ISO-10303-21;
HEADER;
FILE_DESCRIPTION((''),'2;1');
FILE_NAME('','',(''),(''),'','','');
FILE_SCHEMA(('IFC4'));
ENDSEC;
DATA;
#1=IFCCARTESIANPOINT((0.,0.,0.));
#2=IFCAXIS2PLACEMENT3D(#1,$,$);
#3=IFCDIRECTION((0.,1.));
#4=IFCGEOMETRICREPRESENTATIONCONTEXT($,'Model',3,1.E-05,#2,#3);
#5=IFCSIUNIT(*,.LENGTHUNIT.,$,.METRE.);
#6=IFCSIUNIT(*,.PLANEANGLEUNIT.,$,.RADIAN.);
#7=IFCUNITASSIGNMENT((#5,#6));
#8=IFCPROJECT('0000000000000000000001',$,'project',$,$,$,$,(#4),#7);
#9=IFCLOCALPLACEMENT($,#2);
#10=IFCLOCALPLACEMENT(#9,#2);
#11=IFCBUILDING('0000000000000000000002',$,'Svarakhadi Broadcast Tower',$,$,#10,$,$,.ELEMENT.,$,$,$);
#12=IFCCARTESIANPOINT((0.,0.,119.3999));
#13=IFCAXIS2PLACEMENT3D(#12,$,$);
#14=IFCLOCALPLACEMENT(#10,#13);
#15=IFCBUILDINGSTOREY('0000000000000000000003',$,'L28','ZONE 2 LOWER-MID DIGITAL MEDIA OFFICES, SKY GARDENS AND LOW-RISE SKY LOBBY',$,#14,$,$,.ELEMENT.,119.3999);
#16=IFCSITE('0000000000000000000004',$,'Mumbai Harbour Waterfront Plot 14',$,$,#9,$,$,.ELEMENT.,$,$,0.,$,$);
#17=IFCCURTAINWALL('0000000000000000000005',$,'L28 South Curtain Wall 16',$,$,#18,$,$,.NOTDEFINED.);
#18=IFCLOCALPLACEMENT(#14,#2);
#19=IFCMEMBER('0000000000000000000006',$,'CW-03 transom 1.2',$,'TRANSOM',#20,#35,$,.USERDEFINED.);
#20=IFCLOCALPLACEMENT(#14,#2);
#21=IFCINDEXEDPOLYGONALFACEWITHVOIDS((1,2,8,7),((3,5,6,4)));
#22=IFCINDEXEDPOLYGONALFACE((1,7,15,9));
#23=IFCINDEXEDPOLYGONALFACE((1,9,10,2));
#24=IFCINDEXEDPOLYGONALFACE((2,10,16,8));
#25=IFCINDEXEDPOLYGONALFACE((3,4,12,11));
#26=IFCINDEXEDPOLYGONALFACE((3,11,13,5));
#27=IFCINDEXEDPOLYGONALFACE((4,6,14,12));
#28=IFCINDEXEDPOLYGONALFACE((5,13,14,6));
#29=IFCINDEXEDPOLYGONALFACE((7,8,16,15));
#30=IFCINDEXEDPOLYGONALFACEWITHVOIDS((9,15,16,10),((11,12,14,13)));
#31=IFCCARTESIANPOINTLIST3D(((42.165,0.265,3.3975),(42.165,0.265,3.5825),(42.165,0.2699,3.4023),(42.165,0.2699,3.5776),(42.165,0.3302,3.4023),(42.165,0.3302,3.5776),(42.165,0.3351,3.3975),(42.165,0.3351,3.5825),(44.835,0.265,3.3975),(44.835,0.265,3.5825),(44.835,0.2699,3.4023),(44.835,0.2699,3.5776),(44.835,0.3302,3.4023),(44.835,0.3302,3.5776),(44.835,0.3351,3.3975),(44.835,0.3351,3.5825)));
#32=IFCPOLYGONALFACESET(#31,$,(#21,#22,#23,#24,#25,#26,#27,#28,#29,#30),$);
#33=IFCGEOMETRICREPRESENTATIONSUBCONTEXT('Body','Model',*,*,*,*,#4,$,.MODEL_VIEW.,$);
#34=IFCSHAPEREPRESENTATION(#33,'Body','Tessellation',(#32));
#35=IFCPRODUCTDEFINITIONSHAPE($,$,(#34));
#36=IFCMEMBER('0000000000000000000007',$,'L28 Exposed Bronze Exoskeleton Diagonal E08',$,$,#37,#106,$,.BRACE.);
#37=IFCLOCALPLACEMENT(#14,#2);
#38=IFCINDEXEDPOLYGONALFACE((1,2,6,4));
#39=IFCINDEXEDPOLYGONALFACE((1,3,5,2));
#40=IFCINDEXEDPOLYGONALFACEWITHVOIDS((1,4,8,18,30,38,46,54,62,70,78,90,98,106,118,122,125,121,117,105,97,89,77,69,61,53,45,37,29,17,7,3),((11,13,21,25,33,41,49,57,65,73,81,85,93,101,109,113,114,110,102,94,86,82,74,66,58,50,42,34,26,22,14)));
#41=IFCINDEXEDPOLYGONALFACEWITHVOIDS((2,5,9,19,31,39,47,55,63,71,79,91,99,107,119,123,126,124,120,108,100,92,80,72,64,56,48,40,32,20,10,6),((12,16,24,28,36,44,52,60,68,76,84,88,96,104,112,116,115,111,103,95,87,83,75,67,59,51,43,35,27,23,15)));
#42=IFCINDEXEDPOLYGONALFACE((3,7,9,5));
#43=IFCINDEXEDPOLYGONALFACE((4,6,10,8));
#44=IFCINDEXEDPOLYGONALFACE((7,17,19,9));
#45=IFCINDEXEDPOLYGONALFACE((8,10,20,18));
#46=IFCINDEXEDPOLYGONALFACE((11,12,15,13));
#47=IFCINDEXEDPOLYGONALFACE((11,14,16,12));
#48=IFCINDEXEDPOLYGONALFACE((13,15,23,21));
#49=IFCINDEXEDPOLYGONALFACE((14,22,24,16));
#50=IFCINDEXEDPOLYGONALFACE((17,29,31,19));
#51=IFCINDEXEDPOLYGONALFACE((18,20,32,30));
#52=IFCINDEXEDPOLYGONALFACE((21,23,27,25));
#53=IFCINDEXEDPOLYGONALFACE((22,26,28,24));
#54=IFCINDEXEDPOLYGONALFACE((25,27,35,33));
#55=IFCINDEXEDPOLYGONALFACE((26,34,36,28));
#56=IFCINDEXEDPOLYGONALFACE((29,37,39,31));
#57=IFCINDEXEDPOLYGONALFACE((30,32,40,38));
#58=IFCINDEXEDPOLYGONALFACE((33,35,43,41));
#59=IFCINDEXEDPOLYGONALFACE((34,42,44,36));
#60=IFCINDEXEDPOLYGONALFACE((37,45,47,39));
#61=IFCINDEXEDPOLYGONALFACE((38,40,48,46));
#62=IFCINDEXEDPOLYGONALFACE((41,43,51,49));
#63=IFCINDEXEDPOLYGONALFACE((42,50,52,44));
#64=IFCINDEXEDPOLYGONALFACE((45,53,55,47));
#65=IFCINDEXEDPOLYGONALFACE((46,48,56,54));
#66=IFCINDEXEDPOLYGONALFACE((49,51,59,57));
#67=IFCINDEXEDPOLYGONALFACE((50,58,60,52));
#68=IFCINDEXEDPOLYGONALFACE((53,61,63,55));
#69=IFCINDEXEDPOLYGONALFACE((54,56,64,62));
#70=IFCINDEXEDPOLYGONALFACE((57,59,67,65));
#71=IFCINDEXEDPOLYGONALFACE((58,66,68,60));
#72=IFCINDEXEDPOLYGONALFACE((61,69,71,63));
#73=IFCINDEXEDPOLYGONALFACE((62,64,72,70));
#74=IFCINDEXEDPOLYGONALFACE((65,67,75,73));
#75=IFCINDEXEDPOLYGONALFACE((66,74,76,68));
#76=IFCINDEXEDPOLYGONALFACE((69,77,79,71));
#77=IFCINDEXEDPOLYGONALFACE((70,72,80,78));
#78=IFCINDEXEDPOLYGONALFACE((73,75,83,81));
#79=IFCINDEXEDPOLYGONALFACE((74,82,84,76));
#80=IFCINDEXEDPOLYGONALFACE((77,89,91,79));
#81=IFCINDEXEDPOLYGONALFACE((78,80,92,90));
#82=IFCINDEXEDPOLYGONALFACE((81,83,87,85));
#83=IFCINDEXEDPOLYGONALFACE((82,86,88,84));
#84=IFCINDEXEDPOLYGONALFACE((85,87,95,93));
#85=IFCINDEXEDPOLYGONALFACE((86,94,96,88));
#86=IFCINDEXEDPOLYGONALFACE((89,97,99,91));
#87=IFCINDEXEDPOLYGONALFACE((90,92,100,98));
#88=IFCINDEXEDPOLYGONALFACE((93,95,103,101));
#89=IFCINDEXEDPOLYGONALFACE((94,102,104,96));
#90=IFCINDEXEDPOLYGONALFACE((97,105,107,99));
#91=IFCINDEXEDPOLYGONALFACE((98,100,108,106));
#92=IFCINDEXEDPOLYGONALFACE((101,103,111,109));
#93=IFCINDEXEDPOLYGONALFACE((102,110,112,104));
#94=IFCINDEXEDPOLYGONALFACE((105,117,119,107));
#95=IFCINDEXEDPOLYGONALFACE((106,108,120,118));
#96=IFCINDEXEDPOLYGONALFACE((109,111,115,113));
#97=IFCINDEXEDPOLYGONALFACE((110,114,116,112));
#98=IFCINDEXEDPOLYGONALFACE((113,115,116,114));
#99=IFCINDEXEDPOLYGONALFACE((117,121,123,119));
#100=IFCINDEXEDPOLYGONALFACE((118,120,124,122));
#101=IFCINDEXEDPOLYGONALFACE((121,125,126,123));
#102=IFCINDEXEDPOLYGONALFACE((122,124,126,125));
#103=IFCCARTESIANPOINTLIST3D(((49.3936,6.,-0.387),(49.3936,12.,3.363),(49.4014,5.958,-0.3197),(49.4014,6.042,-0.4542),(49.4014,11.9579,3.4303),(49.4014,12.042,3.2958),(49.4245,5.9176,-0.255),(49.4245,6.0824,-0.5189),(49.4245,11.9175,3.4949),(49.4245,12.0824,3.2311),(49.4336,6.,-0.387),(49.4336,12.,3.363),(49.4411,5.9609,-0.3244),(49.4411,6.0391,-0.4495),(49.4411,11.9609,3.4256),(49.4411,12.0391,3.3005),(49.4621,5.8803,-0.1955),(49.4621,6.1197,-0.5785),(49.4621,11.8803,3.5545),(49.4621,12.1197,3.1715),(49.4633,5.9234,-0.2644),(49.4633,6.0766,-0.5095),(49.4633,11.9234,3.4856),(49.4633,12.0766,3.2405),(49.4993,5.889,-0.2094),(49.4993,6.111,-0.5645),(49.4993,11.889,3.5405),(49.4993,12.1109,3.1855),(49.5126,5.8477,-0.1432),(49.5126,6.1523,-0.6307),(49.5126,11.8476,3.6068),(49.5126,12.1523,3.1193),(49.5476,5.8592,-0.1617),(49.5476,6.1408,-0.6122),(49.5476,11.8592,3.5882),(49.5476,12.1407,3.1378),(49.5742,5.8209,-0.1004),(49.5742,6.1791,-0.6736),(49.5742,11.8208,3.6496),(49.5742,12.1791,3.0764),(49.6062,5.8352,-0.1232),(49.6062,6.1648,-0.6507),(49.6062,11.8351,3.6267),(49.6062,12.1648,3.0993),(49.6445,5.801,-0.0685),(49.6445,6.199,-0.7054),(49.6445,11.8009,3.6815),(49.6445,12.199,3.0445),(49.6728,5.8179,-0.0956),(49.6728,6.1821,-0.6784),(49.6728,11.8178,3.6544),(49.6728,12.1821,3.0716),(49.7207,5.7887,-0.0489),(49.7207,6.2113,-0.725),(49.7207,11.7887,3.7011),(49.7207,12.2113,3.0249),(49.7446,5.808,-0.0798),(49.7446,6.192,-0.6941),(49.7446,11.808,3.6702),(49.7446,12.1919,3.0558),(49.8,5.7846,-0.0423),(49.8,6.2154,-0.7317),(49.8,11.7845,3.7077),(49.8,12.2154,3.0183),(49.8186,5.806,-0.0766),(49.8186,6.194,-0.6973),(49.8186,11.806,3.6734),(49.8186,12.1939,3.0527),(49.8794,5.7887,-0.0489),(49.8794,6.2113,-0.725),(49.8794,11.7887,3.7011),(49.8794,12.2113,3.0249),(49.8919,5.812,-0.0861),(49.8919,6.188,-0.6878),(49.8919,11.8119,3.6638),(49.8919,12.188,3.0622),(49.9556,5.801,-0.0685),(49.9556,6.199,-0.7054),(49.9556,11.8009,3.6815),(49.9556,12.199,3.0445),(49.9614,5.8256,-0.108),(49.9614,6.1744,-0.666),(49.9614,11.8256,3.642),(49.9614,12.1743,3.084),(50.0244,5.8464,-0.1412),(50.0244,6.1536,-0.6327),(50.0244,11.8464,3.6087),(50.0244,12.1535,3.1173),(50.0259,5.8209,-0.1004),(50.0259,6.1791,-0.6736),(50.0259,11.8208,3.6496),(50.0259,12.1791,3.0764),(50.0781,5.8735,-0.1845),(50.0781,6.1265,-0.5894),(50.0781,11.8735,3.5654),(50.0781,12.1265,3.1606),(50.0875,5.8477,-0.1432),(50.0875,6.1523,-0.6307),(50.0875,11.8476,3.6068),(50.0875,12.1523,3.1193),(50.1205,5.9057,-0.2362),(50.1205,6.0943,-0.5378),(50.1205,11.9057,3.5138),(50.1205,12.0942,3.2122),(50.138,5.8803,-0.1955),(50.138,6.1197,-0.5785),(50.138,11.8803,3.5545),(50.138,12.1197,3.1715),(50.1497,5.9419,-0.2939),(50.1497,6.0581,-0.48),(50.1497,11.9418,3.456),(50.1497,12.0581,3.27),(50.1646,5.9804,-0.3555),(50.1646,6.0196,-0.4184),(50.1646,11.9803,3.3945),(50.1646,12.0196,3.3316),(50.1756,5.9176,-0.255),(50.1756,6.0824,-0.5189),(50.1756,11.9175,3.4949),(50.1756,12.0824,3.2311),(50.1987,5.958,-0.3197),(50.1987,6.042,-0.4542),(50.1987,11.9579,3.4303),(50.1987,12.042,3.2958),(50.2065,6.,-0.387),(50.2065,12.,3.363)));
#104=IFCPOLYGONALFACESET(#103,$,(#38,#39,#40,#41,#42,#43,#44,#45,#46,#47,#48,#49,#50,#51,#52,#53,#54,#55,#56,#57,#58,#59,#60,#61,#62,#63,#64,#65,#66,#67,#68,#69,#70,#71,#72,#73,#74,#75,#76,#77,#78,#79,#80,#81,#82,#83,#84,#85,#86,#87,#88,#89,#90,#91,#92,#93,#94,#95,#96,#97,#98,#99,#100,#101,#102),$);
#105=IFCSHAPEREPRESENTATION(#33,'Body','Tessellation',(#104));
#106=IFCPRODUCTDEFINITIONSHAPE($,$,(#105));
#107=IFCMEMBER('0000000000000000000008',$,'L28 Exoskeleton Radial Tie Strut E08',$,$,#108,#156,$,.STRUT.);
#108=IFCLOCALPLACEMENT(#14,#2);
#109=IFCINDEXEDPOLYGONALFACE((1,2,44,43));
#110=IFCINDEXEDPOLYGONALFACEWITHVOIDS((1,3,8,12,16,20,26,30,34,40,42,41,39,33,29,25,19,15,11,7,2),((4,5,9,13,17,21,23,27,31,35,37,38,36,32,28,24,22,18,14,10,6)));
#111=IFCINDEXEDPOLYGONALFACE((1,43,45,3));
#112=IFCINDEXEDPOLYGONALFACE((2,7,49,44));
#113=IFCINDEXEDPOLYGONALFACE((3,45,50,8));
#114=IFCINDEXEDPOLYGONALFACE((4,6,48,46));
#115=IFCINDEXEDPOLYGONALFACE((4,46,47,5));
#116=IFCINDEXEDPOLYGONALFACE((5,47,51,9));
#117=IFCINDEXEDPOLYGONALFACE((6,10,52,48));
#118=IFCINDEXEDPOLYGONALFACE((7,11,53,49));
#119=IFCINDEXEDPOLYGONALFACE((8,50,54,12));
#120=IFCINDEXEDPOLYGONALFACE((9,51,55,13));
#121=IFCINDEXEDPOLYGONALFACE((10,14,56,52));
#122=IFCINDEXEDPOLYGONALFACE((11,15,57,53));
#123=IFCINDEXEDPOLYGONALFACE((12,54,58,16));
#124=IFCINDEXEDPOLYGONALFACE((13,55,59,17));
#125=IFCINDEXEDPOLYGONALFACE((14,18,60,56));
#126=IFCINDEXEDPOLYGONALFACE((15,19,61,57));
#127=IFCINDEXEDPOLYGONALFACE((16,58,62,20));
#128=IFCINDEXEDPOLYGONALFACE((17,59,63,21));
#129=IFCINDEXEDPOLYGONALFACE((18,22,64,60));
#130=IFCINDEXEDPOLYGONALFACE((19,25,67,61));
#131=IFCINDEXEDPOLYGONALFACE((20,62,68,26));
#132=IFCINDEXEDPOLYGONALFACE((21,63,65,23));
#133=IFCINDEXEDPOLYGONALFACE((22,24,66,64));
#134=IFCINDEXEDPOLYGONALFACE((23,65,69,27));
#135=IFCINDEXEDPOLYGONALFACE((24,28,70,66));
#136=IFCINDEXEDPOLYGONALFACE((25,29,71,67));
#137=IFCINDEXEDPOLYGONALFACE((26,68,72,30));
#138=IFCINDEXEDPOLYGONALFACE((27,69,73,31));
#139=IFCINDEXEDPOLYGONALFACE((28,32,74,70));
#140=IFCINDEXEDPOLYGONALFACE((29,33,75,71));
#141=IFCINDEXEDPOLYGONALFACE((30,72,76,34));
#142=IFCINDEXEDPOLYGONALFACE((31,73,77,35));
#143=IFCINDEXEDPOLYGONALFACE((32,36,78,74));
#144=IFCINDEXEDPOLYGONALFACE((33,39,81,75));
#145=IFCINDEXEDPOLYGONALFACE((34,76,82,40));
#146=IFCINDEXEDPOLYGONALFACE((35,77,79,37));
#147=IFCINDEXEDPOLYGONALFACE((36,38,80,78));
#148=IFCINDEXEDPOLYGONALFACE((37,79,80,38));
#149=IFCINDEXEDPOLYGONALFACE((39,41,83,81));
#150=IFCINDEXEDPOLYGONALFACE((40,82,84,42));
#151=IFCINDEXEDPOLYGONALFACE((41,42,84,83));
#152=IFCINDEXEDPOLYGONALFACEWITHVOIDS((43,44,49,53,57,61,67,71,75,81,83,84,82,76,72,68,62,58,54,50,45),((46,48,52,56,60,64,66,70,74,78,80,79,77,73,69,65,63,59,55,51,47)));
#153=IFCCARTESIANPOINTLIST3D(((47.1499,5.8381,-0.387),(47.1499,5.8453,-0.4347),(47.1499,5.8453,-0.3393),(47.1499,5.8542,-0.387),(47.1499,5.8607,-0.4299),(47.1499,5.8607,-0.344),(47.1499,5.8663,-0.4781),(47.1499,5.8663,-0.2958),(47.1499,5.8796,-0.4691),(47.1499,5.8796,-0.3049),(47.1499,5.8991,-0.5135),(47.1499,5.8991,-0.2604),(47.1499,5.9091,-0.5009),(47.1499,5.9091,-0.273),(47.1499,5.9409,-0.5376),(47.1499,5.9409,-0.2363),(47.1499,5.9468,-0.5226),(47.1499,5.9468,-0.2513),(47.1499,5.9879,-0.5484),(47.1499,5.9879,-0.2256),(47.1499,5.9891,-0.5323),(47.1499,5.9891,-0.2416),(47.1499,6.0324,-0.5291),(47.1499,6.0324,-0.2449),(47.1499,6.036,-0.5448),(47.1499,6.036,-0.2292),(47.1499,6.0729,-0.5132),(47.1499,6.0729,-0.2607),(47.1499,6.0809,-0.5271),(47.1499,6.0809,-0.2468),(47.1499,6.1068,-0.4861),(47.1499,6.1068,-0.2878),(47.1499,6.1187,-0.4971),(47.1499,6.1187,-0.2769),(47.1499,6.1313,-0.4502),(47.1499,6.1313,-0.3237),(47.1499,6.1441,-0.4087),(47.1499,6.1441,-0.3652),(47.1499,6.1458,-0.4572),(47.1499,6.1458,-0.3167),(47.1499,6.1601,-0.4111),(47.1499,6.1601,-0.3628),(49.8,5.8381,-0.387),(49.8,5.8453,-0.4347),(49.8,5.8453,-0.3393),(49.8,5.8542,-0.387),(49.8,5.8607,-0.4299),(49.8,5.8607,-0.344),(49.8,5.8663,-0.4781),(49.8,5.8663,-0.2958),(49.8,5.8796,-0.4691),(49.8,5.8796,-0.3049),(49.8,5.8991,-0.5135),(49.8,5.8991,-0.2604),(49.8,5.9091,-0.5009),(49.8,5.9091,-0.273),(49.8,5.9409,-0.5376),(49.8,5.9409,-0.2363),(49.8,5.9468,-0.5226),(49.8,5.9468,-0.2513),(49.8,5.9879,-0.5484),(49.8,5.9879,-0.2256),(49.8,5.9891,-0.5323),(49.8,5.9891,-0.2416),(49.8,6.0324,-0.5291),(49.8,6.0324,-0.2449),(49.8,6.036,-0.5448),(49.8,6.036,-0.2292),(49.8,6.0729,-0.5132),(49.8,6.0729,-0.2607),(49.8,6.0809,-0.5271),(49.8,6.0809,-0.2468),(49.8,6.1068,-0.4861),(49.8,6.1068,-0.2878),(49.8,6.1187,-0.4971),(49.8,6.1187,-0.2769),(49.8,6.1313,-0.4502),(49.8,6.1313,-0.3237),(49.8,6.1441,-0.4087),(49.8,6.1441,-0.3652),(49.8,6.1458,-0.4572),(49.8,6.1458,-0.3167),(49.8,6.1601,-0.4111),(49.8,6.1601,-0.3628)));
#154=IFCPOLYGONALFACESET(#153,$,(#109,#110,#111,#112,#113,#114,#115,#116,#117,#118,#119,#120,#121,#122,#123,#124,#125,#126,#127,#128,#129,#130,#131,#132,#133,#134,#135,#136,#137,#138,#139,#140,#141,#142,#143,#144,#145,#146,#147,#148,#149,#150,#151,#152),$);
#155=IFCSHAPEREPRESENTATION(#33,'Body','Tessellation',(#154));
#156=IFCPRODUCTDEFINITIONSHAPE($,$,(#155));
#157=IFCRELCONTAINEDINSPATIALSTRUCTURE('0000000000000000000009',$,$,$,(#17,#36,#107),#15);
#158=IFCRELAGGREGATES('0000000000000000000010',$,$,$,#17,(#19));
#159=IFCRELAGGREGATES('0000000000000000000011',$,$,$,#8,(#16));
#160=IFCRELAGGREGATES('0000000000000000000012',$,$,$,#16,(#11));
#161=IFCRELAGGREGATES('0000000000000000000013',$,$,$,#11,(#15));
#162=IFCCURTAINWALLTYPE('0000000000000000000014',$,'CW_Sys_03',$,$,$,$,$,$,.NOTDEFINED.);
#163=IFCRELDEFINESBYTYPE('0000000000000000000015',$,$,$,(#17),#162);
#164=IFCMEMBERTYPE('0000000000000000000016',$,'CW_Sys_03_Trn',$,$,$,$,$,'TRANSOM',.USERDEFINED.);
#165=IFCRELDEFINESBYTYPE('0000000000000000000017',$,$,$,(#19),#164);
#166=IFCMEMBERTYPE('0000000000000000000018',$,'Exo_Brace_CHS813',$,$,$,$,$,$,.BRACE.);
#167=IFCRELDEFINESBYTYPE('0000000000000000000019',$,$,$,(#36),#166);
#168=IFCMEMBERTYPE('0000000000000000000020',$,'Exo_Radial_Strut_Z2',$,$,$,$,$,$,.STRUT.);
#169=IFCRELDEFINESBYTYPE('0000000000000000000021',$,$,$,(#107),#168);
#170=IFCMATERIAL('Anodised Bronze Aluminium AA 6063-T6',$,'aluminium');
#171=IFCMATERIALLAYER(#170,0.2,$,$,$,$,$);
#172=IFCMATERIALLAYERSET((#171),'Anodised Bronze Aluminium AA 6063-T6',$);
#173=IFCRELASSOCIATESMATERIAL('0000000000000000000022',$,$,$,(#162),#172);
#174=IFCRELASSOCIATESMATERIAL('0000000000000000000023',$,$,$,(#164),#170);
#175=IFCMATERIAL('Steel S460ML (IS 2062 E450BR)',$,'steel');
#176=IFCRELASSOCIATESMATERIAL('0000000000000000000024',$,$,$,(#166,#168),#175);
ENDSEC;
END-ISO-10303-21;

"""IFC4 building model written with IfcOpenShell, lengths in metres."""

from ifc_helpers import new_model, si_unit, direction, frame, origin, origin_2d, place, context, subcontext, project, spatial, hollow_rectangle, hollow_circle, extrude, material, layer, layer_set, material_profile, profile_set, type_object, element, aggregate, save


model = new_model("IFC4")

# Units and contexts
model_context = context("Model", 3, precision=1e-05, world=origin(), true_north=direction((0.0, 1.0)))
body_context = subcontext(model_context, "Body", "Model", "MODEL_VIEW")
ifc_project = project(units=[si_unit("LENGTHUNIT", "METRE"), si_unit("PLANEANGLEUNIT", "RADIAN")], contexts=[model_context])

# Site, building, storey
site_placement = place(None, origin())
site = spatial("IfcSite", under=ifc_project, at=site_placement, Name="Mumbai Harbour Waterfront Plot 14", CompositionType="ELEMENT", RefElevation=0.0)
building_placement = place(site_placement, origin())
building = spatial("IfcBuilding", under=site, at=building_placement, Name="Svarakhadi Broadcast Tower", CompositionType="ELEMENT")
storey_placement = place(building_placement, frame((0.0, 0.0, 119.3999)))
storey = spatial("IfcBuildingStorey", under=building, at=storey_placement, Name="L28", Description="ZONE 2 LOWER-MID DIGITAL MEDIA OFFICES, SKY GARDENS AND LOW-RISE SKY LOBBY", CompositionType="ELEMENT", Elevation=119.3999)

# Shared definitions
ifc_material_1 = material(Name="Steel S460ML (IS 2062 E450BR)", Category="steel")

# Curtain wall
ifc_material_2 = material(Name="Anodised Bronze Aluminium AA 6063-T6", Category="aluminium")
ifc_layer_1 = layer(ifc_material_2, 0.2)
ifc_layer_set_1 = layer_set([ifc_layer_1], Name="Anodised Bronze Aluminium AA 6063-T6")
curtain_wall_type = type_object("IfcCurtainWallType", Name="CW_Sys_03", PredefinedType="NOTDEFINED", material=ifc_layer_set_1)
curtain_wall_1_placement = place(storey_placement, origin())
curtain_wall_1 = element("IfcCurtainWall", 1, at=curtain_wall_1_placement, inside=storey, type_object=curtain_wall_type, Name="L28 South Curtain Wall 16", PredefinedType="NOTDEFINED")

# Member
ifc_material_profile_1 = material_profile(ifc_material_2, hollow_rectangle(XDim=0.0701, YDim=0.1851, WallThickness=0.0049, at=origin_2d()), Name="ALU TRANSOM 185x70x5")
ifc_profile_set_1 = profile_set([ifc_material_profile_1], Name="Anodised Bronze Aluminium AA 6063-T6")
member_type_1 = type_object("IfcMemberType", Name="CW_Sys_03_Trn", ElementType="TRANSOM", PredefinedType="USERDEFINED", material=ifc_profile_set_1)
member_1_placement = place(storey_placement, frame((44.835, 0.3, 3.49), z_axis=(-1.0, 0.0, 0.0), x_axis=(0.0, -1.0, 0.0)))
member_1 = element("IfcMember", 2, at=member_1_placement, type_object=member_type_1, Name="CW-03 transom 1.2", ObjectType="TRANSOM", PredefinedType="USERDEFINED", context=body_context, shape_type="SweptSolid", body=[
    extrude(hollow_rectangle(XDim=0.0701, YDim=0.1851, WallThickness=0.0049, at=origin_2d()), origin(), (0.0, 0.0, 1.0), 2.6699),
])

# Members
ifc_material_profile_2 = material_profile(ifc_material_1, hollow_circle(Radius=0.4065, WallThickness=0.04, at=origin_2d()), Name="CHS 813x40")
ifc_profile_set_2 = profile_set([ifc_material_profile_2], Name="Steel S460ML (IS 2062 E450BR)")
member_type_2 = type_object("IfcMemberType", Name="Exo_Brace_CHS813", PredefinedType="BRACE", material=ifc_profile_set_2)
member_2_placement = place(storey_placement, frame((49.8, 6.0, -0.387), z_axis=(0.0, 0.847998, 0.529999), x_axis=(-1.0, 0.0, 0.0)))
element("IfcMember", 3, at=member_2_placement, inside=storey, type_object=member_type_2, Name="L28 Exposed Bronze Exoskeleton Diagonal E08", PredefinedType="BRACE", context=body_context, shape_type="SweptSolid", body=[
    extrude(hollow_circle(Radius=0.4065, WallThickness=0.04, at=origin_2d()), origin(), (0.0, 0.0, 1.0), 7.0754),
])
ifc_material_profile_3 = material_profile(ifc_material_1, hollow_circle(Radius=0.1619, WallThickness=0.0161, at=origin_2d()), Name="CHS 323.9x16")
ifc_profile_set_3 = profile_set([ifc_material_profile_3], Name="Steel S460ML (IS 2062 E450BR)")
member_type_3 = type_object("IfcMemberType", Name="Exo_Radial_Strut_Z2", PredefinedType="STRUT", material=ifc_profile_set_3)
member_3_placement = place(storey_placement, frame((49.8, 6.0, -0.387), z_axis=(-1.0, 0.0, 0.0), x_axis=(0.0, -1.0, 0.0)))
element("IfcMember", 4, at=member_3_placement, inside=storey, type_object=member_type_3, Name="L28 Exoskeleton Radial Tie Strut E08", PredefinedType="STRUT", context=body_context, shape_type="SweptSolid", body=[
    extrude(hollow_circle(Radius=0.1619, WallThickness=0.0161, at=origin_2d()), origin(), (0.0, 0.0, 1.0), 2.6501),
])

aggregate(curtain_wall_1, [member_1])

save(model, "model.ifc")
